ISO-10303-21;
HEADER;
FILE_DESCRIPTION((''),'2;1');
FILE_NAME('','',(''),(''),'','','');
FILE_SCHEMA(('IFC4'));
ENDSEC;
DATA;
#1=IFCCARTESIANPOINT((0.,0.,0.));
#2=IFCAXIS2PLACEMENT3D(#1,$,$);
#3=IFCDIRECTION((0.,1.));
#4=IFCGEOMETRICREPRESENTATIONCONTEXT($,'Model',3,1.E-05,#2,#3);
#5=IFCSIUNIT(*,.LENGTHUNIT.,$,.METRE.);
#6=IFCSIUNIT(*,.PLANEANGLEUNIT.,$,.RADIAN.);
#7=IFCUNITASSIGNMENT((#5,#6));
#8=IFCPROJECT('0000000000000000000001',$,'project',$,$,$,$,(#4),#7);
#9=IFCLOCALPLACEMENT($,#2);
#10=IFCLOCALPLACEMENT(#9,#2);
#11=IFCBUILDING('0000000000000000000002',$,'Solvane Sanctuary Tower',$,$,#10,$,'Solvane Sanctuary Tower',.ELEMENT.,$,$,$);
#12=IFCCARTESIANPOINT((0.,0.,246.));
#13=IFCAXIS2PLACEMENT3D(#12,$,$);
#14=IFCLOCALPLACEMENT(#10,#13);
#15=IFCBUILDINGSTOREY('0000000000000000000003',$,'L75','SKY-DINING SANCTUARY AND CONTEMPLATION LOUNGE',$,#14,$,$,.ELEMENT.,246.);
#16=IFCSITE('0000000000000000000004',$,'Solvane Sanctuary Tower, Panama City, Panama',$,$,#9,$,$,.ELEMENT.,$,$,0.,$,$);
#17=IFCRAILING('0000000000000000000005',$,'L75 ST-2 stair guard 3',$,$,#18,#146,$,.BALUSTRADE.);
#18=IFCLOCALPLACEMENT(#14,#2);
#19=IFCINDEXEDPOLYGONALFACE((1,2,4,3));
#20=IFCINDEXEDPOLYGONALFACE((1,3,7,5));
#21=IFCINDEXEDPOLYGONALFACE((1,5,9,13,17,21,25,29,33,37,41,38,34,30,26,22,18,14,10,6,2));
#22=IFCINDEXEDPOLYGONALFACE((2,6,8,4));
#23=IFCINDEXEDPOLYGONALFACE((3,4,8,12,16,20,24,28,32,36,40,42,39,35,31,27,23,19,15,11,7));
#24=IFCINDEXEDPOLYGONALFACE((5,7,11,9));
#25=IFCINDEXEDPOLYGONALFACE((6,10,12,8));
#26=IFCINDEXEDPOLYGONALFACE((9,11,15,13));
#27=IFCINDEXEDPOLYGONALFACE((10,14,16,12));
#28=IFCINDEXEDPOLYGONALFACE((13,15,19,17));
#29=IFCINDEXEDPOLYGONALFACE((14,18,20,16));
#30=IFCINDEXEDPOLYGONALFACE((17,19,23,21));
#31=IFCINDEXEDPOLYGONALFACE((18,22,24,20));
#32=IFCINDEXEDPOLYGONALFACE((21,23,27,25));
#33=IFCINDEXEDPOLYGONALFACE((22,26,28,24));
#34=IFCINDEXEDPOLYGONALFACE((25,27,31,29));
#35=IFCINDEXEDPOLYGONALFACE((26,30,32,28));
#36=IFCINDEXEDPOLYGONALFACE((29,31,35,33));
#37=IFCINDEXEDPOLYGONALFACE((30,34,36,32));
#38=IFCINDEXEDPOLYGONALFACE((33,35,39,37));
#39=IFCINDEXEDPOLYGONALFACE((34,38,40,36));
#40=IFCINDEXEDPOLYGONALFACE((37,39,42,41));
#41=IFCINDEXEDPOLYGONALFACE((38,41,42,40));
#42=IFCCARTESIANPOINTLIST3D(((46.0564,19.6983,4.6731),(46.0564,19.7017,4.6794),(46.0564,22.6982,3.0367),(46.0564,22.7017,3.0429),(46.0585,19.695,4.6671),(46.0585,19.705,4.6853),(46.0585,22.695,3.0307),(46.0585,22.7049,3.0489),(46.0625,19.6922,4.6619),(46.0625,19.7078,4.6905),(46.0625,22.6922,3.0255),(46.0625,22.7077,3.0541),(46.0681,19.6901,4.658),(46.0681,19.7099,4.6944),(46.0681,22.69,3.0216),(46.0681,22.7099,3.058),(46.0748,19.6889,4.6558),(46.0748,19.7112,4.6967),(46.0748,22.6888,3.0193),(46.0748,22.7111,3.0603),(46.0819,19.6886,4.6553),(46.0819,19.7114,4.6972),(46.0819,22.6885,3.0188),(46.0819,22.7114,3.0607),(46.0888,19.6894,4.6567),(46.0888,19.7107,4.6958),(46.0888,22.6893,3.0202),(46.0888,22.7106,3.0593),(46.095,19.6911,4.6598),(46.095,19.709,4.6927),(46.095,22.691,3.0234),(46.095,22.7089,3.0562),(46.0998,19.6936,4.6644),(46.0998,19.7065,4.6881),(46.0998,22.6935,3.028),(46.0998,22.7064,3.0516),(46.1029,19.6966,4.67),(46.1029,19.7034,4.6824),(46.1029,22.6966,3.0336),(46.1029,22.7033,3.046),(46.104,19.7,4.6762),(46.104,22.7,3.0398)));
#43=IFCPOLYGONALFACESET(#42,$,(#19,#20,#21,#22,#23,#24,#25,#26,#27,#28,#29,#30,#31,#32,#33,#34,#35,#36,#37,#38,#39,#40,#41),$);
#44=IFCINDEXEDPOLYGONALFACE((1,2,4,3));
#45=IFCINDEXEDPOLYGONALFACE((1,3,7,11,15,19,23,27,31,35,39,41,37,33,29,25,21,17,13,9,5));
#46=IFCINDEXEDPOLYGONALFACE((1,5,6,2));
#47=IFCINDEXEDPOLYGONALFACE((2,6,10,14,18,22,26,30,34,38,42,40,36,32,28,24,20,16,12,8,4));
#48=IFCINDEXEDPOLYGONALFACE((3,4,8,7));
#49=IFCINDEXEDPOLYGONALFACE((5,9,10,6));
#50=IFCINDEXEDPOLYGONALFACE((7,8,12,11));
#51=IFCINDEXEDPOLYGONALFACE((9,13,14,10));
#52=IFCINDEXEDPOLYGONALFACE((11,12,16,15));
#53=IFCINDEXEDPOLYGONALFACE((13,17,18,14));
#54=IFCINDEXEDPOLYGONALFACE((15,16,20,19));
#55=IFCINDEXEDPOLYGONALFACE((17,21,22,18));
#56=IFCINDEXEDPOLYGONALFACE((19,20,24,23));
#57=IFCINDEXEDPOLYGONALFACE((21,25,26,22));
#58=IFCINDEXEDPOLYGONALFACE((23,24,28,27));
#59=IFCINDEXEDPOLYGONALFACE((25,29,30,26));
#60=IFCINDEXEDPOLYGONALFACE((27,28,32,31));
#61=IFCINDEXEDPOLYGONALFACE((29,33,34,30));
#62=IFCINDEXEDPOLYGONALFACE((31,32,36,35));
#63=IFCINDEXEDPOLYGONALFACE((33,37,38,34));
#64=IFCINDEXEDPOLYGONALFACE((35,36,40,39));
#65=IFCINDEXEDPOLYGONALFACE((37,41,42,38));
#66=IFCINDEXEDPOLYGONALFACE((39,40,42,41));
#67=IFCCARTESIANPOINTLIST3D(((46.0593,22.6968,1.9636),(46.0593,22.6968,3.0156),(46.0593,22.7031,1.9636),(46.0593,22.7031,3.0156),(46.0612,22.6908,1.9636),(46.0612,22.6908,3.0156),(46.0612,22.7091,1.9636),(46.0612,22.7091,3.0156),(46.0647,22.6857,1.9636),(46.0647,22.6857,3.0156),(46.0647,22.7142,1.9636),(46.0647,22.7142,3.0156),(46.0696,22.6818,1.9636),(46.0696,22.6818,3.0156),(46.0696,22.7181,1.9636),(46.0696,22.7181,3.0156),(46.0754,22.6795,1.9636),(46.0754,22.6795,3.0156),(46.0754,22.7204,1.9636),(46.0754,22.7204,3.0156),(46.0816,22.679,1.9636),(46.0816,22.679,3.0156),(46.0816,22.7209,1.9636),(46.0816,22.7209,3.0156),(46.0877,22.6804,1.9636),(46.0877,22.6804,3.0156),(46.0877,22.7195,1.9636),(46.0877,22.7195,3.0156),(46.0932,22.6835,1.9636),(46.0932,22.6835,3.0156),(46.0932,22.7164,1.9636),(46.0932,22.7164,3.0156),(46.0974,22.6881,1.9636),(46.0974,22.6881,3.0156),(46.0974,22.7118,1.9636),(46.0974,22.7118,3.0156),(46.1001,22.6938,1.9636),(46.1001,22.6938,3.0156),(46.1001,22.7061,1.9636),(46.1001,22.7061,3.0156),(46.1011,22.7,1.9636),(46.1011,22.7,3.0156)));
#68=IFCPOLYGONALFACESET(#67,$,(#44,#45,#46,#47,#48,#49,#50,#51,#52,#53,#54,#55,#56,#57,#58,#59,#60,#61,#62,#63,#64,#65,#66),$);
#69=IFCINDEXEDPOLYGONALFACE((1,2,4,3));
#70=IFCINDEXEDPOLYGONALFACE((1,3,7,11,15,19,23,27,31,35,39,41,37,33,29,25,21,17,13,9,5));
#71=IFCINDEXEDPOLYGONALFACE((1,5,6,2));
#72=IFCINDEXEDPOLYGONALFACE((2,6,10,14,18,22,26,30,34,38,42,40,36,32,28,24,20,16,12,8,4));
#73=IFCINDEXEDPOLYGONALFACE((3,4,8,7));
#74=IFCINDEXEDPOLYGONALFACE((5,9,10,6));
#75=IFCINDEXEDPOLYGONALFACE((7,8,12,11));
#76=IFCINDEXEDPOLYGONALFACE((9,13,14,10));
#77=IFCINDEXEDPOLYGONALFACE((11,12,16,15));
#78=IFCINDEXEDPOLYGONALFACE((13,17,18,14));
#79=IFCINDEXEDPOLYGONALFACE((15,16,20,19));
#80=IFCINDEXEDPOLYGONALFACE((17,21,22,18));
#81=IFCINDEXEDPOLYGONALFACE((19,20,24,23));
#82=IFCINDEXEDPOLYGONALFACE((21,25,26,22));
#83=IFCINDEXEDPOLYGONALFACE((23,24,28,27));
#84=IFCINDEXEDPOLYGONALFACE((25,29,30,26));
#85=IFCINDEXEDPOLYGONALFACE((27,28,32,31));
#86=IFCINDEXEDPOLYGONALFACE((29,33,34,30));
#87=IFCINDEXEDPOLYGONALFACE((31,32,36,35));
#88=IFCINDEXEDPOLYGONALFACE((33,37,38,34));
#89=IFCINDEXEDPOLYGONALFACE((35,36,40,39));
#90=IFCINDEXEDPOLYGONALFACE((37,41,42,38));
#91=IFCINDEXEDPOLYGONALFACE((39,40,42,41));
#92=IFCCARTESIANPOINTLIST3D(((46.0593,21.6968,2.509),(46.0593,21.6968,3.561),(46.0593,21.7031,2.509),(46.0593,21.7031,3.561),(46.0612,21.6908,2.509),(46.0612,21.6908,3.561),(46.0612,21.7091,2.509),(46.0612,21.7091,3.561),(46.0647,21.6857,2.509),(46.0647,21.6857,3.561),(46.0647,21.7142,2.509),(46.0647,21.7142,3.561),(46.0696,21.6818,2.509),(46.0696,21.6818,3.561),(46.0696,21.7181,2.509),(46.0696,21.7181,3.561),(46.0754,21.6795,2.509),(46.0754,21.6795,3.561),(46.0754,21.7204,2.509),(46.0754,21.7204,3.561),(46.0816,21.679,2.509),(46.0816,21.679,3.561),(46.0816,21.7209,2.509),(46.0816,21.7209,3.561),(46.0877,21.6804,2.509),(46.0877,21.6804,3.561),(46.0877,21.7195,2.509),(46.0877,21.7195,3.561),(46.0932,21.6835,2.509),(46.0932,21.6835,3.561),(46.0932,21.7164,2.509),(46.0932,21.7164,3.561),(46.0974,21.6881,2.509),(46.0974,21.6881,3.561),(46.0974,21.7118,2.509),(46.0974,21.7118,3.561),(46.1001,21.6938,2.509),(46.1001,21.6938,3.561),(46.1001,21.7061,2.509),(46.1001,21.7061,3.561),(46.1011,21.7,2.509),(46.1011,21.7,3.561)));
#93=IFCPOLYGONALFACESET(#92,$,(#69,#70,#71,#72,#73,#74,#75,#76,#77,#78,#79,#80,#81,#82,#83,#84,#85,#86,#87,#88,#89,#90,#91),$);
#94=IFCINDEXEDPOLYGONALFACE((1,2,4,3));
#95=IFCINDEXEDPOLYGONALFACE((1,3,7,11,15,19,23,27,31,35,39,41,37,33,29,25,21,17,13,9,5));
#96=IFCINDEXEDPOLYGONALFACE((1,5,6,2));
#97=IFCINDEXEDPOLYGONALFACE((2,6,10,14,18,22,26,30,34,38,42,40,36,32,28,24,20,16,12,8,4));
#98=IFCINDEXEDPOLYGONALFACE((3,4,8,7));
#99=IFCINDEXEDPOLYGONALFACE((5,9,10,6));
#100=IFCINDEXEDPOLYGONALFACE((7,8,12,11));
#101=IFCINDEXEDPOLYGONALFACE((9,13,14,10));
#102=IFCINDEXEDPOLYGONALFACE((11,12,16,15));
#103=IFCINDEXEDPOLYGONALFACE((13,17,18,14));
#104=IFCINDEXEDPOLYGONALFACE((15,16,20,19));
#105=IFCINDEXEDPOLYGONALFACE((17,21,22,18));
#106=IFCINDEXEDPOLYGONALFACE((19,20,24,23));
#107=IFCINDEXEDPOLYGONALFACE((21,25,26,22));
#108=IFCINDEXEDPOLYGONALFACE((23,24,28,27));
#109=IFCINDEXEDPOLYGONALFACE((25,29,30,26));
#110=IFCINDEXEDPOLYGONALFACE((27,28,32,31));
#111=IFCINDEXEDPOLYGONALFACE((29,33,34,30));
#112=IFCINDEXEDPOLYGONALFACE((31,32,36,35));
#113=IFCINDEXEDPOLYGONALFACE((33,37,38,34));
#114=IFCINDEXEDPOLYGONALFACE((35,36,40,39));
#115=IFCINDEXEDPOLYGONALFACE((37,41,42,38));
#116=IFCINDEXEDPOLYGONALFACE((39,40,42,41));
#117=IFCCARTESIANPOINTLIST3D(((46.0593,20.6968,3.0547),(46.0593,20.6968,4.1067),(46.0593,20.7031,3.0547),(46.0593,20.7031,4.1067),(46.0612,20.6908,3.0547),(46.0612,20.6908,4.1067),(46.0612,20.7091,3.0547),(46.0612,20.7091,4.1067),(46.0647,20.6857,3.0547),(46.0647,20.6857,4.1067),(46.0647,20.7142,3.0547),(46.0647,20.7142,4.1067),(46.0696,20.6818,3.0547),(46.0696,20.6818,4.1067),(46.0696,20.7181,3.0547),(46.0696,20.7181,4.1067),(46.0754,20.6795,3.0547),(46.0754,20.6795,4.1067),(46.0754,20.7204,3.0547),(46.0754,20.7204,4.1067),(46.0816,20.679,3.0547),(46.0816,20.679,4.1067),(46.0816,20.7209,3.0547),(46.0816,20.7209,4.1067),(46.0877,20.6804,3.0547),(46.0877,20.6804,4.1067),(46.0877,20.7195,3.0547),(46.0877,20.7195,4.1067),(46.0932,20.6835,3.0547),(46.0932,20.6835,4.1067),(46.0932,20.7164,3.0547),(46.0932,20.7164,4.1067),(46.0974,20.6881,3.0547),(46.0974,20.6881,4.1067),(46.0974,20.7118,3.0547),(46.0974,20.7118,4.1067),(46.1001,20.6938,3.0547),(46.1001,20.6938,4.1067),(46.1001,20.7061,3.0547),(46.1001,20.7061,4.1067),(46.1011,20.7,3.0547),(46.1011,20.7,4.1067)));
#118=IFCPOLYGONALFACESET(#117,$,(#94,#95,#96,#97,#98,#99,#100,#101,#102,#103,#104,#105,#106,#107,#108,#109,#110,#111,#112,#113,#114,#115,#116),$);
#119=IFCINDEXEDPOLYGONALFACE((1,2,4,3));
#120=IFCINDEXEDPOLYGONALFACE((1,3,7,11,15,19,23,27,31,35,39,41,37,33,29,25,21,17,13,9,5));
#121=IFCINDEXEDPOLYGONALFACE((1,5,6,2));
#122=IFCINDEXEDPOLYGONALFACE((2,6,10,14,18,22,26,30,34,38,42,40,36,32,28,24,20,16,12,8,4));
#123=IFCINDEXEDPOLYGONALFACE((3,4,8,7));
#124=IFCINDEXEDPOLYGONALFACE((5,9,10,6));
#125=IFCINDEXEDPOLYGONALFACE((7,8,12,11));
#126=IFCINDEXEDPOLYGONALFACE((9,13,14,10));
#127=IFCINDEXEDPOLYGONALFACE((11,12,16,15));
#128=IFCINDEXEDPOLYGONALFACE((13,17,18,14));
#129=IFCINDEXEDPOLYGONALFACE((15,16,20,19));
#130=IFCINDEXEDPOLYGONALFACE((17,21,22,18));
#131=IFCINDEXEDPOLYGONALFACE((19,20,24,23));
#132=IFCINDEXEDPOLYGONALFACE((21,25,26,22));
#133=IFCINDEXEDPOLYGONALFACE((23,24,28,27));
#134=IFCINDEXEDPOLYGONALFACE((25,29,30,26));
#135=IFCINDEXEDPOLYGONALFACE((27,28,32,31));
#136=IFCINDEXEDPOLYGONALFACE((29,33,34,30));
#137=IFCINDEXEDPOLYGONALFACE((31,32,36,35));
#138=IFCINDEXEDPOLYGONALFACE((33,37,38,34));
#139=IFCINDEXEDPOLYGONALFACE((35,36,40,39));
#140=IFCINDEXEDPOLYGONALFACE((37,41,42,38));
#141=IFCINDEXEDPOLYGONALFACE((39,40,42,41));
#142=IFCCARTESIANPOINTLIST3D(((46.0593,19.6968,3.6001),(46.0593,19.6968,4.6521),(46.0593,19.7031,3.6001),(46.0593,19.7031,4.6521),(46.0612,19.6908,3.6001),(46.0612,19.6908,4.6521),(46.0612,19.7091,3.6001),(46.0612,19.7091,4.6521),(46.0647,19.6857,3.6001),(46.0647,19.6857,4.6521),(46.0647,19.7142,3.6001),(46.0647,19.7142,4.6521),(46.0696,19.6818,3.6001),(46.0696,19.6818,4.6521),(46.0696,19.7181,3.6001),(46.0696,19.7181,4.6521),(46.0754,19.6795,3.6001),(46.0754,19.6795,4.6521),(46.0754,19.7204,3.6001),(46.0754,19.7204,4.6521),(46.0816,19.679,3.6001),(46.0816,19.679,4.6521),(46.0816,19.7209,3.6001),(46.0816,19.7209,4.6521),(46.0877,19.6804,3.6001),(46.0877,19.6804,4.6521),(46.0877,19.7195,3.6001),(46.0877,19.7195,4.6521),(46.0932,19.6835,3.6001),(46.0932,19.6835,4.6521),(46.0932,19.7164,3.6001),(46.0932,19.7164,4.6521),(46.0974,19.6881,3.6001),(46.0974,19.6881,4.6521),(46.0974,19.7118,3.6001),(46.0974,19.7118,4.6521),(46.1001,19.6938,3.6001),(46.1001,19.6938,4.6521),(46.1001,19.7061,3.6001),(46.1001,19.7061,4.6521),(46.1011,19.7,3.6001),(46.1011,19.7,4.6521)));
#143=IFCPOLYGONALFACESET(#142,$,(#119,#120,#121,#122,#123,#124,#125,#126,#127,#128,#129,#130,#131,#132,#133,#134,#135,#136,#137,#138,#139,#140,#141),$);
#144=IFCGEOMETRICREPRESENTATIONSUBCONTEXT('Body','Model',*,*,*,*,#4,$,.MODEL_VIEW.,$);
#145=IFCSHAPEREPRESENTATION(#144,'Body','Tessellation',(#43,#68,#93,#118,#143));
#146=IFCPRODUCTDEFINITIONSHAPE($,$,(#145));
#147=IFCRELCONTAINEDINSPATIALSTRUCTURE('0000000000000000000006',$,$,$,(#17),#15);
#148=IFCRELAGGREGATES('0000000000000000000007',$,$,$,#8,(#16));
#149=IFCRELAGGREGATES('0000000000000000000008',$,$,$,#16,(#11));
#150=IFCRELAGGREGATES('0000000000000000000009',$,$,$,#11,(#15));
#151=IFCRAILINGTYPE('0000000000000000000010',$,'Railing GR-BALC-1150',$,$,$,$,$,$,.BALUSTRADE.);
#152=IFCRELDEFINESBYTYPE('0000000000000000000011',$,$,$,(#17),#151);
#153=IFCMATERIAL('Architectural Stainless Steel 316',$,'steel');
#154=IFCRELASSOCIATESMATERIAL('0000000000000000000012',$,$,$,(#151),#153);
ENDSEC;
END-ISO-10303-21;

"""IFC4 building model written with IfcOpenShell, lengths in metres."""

from ifc_helpers import new_model, si_unit, direction, frame, origin, origin_2d, place, context, subcontext, project, spatial, circle, extrude, material, type_object, element, save


model = new_model("IFC4")

# Units and contexts
model_context = context("Model", 3, precision=1e-05, world=origin(), true_north=direction((0.0, 1.0)))
body_context = subcontext(model_context, "Body", "Model", "MODEL_VIEW")
ifc_project = project(units=[si_unit("LENGTHUNIT", "METRE"), si_unit("PLANEANGLEUNIT", "RADIAN")], contexts=[model_context])

# Site, building, storey
site_placement = place(None, origin())
site = spatial("IfcSite", under=ifc_project, at=site_placement, Name="Solvane Sanctuary Tower, Panama City, Panama", CompositionType="ELEMENT", RefElevation=0.0)
building_placement = place(site_placement, origin())
building = spatial("IfcBuilding", under=site, at=building_placement, Name="Solvane Sanctuary Tower", LongName="Solvane Sanctuary Tower", CompositionType="ELEMENT")
storey_placement = place(building_placement, frame((0.0, 0.0, 246.0)))
storey = spatial("IfcBuildingStorey", under=building, at=storey_placement, Name="L75", Description="SKY-DINING SANCTUARY AND CONTEMPLATION LOUNGE", CompositionType="ELEMENT", Elevation=246.0)

# Railing
ifc_material_1 = material(Name="Architectural Stainless Steel 316", Category="steel")
railing_type_1 = type_object("IfcRailingType", Name="Railing GR-BALC-1150", PredefinedType="BALUSTRADE", material=ifc_material_1)
railing_1_placement = place(storey_placement, frame((46.0801, 22.7, 1.9636)))
element("IfcRailing", 1, at=railing_1_placement, inside=storey, type_object=railing_type_1, Name="L75 ST-2 stair guard 3", PredefinedType="BALUSTRADE", context=body_context, shape_type="SweptSolid", body=[
    extrude(circle(Radius=0.0239, at=origin_2d()), frame((0.0, 0.0, 1.0762), z_axis=(0.0, -0.877882, 0.478877), x_axis=(1.0, 0.0, 0.0)), (0.0, 0.0, 1.0), 3.4172),
    extrude(circle(Radius=0.021, at=origin_2d()), origin(), (0.0, 0.0, 1.0), 1.052),
    extrude(circle(Radius=0.021, at=origin_2d()), frame((0.0, -1.0, 0.5454)), (0.0, 0.0, 1.0), 1.052),
    extrude(circle(Radius=0.021, at=origin_2d()), frame((0.0, -2.0, 1.0911)), (0.0, 0.0, 1.0), 1.052),
    extrude(circle(Radius=0.021, at=origin_2d()), frame((0.0, -3.0, 1.6365)), (0.0, 0.0, 1.0), 1.052),
])

save(model, "model.ifc")
